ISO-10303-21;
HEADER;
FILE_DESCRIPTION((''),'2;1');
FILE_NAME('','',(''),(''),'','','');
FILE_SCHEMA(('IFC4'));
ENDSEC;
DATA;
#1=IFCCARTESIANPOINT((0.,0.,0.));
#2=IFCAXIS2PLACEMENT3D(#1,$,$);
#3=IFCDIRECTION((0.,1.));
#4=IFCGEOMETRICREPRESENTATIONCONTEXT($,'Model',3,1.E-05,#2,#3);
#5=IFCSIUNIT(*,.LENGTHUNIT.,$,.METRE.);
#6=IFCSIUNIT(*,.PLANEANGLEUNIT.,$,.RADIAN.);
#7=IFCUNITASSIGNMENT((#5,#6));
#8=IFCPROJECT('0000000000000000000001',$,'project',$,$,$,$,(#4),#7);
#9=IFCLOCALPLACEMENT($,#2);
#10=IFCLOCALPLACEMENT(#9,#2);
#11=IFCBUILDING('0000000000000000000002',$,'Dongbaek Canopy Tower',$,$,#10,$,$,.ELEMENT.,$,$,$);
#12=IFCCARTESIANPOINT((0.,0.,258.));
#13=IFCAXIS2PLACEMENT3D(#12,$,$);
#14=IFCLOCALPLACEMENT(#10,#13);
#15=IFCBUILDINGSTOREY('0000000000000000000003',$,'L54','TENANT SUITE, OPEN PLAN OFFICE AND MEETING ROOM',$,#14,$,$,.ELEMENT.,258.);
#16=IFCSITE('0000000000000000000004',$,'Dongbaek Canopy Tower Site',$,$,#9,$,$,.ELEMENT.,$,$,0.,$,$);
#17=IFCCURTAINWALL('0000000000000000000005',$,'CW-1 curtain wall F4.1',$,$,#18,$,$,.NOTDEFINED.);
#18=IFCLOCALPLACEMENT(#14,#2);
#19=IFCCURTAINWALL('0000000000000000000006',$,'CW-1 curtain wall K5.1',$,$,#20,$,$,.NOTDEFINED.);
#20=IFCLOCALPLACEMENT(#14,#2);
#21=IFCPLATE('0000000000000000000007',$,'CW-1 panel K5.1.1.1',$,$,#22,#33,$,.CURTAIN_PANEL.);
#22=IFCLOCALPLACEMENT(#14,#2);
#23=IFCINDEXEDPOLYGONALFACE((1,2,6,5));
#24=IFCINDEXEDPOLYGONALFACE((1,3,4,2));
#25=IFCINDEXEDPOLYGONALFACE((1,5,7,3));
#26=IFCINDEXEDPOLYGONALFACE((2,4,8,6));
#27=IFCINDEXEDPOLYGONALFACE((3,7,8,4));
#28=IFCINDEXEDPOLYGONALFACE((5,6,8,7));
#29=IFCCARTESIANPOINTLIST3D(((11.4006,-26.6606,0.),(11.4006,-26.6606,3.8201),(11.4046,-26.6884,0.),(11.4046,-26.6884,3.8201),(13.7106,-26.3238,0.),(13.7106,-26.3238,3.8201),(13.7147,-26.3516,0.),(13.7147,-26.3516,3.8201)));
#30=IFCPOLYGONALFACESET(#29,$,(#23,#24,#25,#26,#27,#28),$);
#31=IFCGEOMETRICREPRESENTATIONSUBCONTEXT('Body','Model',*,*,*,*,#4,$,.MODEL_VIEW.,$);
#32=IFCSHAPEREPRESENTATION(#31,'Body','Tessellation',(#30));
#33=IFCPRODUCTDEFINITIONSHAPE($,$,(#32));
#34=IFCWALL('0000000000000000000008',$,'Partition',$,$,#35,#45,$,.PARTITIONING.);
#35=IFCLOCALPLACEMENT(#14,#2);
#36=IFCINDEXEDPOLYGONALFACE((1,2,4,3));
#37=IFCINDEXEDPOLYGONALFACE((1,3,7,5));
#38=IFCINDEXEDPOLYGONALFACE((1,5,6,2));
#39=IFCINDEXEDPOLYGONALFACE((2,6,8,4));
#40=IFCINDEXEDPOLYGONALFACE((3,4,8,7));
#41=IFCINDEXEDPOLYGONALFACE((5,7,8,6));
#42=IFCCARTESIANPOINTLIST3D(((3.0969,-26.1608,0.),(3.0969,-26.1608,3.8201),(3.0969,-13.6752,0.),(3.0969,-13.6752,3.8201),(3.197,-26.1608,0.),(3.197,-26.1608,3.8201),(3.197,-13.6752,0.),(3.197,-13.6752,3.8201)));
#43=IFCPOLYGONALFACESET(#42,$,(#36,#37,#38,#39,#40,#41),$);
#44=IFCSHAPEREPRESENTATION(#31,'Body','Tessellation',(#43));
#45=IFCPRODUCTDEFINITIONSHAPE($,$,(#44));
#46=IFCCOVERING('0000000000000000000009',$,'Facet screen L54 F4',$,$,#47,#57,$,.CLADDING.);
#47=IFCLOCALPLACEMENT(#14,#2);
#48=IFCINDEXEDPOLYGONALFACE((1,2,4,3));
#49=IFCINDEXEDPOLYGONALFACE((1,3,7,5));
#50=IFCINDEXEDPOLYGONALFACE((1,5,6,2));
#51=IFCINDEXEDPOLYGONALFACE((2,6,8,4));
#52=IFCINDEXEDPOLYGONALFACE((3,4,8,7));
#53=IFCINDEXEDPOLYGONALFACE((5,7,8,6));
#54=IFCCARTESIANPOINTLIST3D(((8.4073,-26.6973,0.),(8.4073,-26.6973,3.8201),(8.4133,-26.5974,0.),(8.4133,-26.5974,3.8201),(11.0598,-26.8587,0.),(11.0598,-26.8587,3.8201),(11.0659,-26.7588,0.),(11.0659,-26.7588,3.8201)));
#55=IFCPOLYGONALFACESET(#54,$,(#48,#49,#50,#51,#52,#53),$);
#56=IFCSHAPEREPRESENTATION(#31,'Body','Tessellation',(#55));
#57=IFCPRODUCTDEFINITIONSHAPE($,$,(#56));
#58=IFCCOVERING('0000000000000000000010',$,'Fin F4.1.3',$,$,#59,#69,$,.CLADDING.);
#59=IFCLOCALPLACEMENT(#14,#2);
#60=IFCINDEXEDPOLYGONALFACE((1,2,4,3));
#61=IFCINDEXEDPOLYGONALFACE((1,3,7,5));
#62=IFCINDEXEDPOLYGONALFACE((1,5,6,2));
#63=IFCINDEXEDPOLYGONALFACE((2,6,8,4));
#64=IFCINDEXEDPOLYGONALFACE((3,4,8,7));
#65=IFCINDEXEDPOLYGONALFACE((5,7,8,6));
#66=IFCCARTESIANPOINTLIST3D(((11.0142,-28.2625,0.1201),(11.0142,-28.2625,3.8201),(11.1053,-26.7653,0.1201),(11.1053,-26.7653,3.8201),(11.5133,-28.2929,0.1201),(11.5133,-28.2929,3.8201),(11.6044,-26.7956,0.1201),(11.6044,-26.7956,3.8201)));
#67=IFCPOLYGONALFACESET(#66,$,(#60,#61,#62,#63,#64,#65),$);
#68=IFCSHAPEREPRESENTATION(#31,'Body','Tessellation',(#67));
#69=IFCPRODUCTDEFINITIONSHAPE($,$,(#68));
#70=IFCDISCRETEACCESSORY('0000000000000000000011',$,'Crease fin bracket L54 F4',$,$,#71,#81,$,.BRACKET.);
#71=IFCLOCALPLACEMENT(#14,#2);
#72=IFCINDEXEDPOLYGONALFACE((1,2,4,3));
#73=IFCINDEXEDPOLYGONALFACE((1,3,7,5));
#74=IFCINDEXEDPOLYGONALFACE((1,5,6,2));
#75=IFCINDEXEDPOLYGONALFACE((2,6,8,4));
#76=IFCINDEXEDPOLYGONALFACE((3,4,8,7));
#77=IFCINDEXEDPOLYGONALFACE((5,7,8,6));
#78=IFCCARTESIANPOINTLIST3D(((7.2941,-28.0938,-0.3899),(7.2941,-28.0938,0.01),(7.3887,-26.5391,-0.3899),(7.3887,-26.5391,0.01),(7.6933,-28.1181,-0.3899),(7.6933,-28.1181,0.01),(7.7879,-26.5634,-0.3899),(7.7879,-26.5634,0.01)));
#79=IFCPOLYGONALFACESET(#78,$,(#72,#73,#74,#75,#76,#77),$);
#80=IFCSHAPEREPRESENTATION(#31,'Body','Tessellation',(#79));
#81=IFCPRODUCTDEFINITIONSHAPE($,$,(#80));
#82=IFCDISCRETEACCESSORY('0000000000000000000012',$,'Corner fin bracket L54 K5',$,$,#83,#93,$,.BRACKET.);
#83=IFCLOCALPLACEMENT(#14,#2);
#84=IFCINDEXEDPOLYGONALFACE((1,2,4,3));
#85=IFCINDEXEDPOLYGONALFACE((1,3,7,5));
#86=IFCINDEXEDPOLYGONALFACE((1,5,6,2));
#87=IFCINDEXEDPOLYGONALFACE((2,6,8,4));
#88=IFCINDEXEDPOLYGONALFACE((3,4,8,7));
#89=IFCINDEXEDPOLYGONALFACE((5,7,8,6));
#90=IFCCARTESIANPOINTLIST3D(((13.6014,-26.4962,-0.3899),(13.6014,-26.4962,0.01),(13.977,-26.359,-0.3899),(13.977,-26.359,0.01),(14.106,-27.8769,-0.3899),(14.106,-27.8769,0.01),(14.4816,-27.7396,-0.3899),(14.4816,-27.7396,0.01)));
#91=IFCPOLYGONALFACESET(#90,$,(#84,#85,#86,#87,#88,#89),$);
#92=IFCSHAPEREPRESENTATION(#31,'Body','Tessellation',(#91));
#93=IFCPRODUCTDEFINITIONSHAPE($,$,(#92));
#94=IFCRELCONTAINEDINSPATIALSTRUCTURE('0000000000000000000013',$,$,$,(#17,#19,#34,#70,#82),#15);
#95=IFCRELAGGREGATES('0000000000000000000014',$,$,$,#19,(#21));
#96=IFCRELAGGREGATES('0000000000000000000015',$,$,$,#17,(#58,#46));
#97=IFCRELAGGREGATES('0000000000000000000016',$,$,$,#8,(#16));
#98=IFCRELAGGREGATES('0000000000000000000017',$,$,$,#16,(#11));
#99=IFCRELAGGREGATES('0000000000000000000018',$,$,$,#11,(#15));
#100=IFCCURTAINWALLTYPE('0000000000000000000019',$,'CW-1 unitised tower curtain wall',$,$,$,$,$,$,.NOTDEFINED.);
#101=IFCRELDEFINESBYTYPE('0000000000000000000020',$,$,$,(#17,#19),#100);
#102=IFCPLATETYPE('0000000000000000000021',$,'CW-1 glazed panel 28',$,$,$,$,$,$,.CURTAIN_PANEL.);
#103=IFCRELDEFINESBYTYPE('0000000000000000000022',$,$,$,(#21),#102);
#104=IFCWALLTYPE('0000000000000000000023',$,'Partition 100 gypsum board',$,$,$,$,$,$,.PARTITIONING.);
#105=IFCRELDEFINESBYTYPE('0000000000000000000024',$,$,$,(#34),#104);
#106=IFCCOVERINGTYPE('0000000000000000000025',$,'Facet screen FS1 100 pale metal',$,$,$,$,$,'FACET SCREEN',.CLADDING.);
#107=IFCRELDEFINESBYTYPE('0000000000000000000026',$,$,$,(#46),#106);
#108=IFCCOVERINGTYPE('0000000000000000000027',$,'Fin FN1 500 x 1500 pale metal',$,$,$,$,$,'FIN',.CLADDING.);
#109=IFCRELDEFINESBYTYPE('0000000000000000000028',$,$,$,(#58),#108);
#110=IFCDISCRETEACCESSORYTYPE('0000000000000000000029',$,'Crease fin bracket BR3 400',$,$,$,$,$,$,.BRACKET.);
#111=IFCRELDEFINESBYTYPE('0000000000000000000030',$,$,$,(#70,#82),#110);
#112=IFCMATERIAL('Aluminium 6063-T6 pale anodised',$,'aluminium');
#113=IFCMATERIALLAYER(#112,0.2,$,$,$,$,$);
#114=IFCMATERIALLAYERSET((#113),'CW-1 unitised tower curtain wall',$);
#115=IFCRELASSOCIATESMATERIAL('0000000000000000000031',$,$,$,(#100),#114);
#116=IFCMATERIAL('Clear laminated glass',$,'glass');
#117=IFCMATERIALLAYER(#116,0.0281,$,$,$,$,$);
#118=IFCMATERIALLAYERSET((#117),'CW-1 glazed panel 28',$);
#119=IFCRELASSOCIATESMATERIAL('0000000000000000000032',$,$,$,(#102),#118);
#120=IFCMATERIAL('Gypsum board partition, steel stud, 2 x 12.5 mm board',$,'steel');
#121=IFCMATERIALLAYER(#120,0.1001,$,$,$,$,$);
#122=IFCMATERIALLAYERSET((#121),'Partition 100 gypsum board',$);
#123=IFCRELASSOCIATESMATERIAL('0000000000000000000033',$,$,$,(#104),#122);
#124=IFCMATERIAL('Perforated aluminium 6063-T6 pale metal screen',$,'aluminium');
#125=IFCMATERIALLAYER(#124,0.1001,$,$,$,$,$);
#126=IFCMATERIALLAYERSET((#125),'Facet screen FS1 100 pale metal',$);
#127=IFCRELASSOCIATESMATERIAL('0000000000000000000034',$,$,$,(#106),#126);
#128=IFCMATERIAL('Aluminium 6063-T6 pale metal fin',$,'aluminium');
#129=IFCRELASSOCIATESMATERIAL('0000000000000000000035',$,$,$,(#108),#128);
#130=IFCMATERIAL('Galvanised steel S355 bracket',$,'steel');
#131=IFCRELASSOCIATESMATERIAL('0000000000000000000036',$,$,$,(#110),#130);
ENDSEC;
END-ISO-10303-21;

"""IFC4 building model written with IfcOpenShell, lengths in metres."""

from ifc_helpers import new_model, si_unit, direction, frame, frame_2d, origin, origin_2d, place, context, subcontext, project, spatial, rectangle, extrude, material, layer, layer_set, material_profile, profile_set, type_object, element, aggregate, save


model = new_model("IFC4")

# Units and contexts
model_context = context("Model", 3, precision=1e-05, world=origin(), true_north=direction((0.0, 1.0)))
body_context = subcontext(model_context, "Body", "Model", "MODEL_VIEW")
ifc_project = project(units=[si_unit("LENGTHUNIT", "METRE"), si_unit("PLANEANGLEUNIT", "RADIAN")], contexts=[model_context])

# Site, building, storey
site_placement = place(None, origin())
site = spatial("IfcSite", under=ifc_project, at=site_placement, Name="Dongbaek Canopy Tower Site", CompositionType="ELEMENT", RefElevation=0.0)
building_placement = place(site_placement, origin())
building = spatial("IfcBuilding", under=site, at=building_placement, Name="Dongbaek Canopy Tower", CompositionType="ELEMENT")
storey_placement = place(building_placement, frame((0.0, 0.0, 258.0)))
storey = spatial("IfcBuildingStorey", under=building, at=storey_placement, Name="L54", Description="TENANT SUITE, OPEN PLAN OFFICE AND MEETING ROOM", CompositionType="ELEMENT", Elevation=258.0)

# Curtain wall
ifc_material_1 = material(Name="Aluminium 6063-T6 pale anodised", Category="aluminium")
ifc_layer_1 = layer(ifc_material_1, 0.2)
ifc_layer_set_1 = layer_set([ifc_layer_1], Name="CW-1 unitised tower curtain wall")
curtain_wall_type = type_object("IfcCurtainWallType", Name="CW-1 unitised tower curtain wall", PredefinedType="NOTDEFINED", material=ifc_layer_set_1)
curtain_wall_1_placement = place(storey_placement, origin())
curtain_wall_1 = element("IfcCurtainWall", 1, at=curtain_wall_1_placement, inside=storey, type_object=curtain_wall_type, Name="CW-1 curtain wall F4.1", PredefinedType="NOTDEFINED")

# Curtain wall
curtain_wall_2_placement = place(storey_placement, origin())
curtain_wall_2 = element("IfcCurtainWall", 2, at=curtain_wall_2_placement, inside=storey, type_object=curtain_wall_type, Name="CW-1 curtain wall K5.1", PredefinedType="NOTDEFINED")

# Plate
ifc_material_2 = material(Name="Clear laminated glass", Category="glass")
ifc_layer_2 = layer(ifc_material_2, 0.0281)
ifc_layer_set_2 = layer_set([ifc_layer_2], Name="CW-1 glazed panel 28")
plate_type = type_object("IfcPlateType", Name="CW-1 glazed panel 28", PredefinedType="CURTAIN_PANEL", material=ifc_layer_set_2)
plate_1_placement = place(storey_placement, frame((12.5576, -26.5061, 0.0), z_axis=(0.0, 0.0, 1.0), x_axis=(0.989536, 0.144286, 0.0)))
plate_1 = element("IfcPlate", 3, at=plate_1_placement, type_object=plate_type, Name="CW-1 panel K5.1.1.1", PredefinedType="CURTAIN_PANEL", context=body_context, shape_type="SweptSolid", body=[
    extrude(rectangle(XDim=2.3345, YDim=0.0281, at=origin_2d()), origin(), (0.0, 0.0, 1.0), 3.8201),
])
aggregate(curtain_wall_2, [plate_1])

# Wall
ifc_material_3 = material(Name="Gypsum board partition, steel stud, 2 x 12.5 mm board", Category="steel")
ifc_layer_3 = layer(ifc_material_3, 0.1001)
ifc_layer_set_3 = layer_set([ifc_layer_3], Name="Partition 100 gypsum board")
wall_type = type_object("IfcWallType", Name="Partition 100 gypsum board", PredefinedType="PARTITIONING", material=ifc_layer_set_3)
wall_placement = place(storey_placement, frame((3.147, -26.1606, 0.0), z_axis=(0.0, 0.0, 1.0), x_axis=(0.0, 1.0, 0.0)))
element("IfcWall", 4, at=wall_placement, inside=storey, type_object=wall_type, Name="Partition", PredefinedType="PARTITIONING", context=body_context, shape_type="SweptSolid", body=[
    extrude(rectangle(XDim=12.4856, YDim=0.1001, at=frame_2d((6.2427, 0.0))), origin(), (0.0, 0.0, 1.0), 3.8201),
])

# Coverings
ifc_material_4 = material(Name="Perforated aluminium 6063-T6 pale metal screen", Category="aluminium")
ifc_layer_4 = layer(ifc_material_4, 0.1001)
ifc_layer_set_4 = layer_set([ifc_layer_4], Name="Facet screen FS1 100 pale metal")
covering_type_1 = type_object("IfcCoveringType", Name="Facet screen FS1 100 pale metal", ElementType="FACET SCREEN", PredefinedType="CLADDING", material=ifc_layer_set_4)
covering_1_placement = place(storey_placement, frame((9.7366, -26.728, 0.0), z_axis=(0.0, 0.0, 1.0), x_axis=(0.998153, -0.060745, 0.0)))
covering_1 = element("IfcCovering", 5, at=covering_1_placement, type_object=covering_type_1, Name="Facet screen L54 F4", PredefinedType="CLADDING", context=body_context, shape_type="SweptSolid", body=[
    extrude(rectangle(XDim=2.6575, YDim=0.1001, at=origin_2d()), origin(), (0.0, 0.0, 1.0), 3.8201),
])
ifc_material_5 = material(Name="Aluminium 6063-T6 pale metal fin", Category="aluminium")
ifc_material_profile_1 = material_profile(ifc_material_5, rectangle(XDim=1.5, YDim=0.5, at=origin_2d()), Name="Fin FN1 500 x 1500 pale metal")
ifc_profile_set_1 = profile_set([ifc_material_profile_1], Name="Aluminium 6063-T6 pale metal fin")
covering_type_2 = type_object("IfcCoveringType", Name="Fin FN1 500 x 1500 pale metal", ElementType="FIN", PredefinedType="CLADDING", material=ifc_profile_set_1)
covering_2_placement = place(storey_placement, frame((11.3093, -27.5291, 0.1201), z_axis=(0.0, 0.0, 1.0), x_axis=(-0.060746, -0.998153, 0.0)))
covering_2 = element("IfcCovering", 6, at=covering_2_placement, type_object=covering_type_2, Name="Fin F4.1.3", PredefinedType="CLADDING", context=body_context, shape_type="SweptSolid", body=[
    extrude(rectangle(XDim=1.5, YDim=0.5, at=origin_2d()), origin(), (0.0, 0.0, 1.0), 3.7),
])
aggregate(curtain_wall_1, [covering_2, covering_1])

# Discrete accessories
ifc_material_6 = material(Name="Galvanised steel S355 bracket", Category="steel")
discrete_accessory_type = type_object("IfcDiscreteAccessoryType", Name="Crease fin bracket BR3 400", PredefinedType="BRACKET", material=ifc_material_6)
discrete_accessory_1_placement = place(storey_placement, frame((7.541, -27.3286, -0.3899), z_axis=(0.0, 0.0, 1.0), x_axis=(-0.060745, -0.998153, 0.0)))
element("IfcDiscreteAccessory", 7, at=discrete_accessory_1_placement, inside=storey, type_object=discrete_accessory_type, Name="Crease fin bracket L54 F4", PredefinedType="BRACKET", context=body_context, shape_type="SweptSolid", body=[
    extrude(rectangle(XDim=1.5576, YDim=0.3999, at=origin_2d()), origin(), (0.0, 0.0, 1.0), 0.3999),
])
discrete_accessory_2_placement = place(storey_placement, frame((14.0415, -27.1179, -0.3899), z_axis=(0.0, 0.0, 1.0), x_axis=(0.343242, -0.939247, 0.0)))
element("IfcDiscreteAccessory", 8, at=discrete_accessory_2_placement, inside=storey, type_object=discrete_accessory_type, Name="Corner fin bracket L54 K5", PredefinedType="BRACKET", context=body_context, shape_type="SweptSolid", body=[
    extrude(rectangle(XDim=1.47, YDim=0.3999, at=origin_2d()), origin(), (0.0, 0.0, 1.0), 0.3999),
])

save(model, "model.ifc")
